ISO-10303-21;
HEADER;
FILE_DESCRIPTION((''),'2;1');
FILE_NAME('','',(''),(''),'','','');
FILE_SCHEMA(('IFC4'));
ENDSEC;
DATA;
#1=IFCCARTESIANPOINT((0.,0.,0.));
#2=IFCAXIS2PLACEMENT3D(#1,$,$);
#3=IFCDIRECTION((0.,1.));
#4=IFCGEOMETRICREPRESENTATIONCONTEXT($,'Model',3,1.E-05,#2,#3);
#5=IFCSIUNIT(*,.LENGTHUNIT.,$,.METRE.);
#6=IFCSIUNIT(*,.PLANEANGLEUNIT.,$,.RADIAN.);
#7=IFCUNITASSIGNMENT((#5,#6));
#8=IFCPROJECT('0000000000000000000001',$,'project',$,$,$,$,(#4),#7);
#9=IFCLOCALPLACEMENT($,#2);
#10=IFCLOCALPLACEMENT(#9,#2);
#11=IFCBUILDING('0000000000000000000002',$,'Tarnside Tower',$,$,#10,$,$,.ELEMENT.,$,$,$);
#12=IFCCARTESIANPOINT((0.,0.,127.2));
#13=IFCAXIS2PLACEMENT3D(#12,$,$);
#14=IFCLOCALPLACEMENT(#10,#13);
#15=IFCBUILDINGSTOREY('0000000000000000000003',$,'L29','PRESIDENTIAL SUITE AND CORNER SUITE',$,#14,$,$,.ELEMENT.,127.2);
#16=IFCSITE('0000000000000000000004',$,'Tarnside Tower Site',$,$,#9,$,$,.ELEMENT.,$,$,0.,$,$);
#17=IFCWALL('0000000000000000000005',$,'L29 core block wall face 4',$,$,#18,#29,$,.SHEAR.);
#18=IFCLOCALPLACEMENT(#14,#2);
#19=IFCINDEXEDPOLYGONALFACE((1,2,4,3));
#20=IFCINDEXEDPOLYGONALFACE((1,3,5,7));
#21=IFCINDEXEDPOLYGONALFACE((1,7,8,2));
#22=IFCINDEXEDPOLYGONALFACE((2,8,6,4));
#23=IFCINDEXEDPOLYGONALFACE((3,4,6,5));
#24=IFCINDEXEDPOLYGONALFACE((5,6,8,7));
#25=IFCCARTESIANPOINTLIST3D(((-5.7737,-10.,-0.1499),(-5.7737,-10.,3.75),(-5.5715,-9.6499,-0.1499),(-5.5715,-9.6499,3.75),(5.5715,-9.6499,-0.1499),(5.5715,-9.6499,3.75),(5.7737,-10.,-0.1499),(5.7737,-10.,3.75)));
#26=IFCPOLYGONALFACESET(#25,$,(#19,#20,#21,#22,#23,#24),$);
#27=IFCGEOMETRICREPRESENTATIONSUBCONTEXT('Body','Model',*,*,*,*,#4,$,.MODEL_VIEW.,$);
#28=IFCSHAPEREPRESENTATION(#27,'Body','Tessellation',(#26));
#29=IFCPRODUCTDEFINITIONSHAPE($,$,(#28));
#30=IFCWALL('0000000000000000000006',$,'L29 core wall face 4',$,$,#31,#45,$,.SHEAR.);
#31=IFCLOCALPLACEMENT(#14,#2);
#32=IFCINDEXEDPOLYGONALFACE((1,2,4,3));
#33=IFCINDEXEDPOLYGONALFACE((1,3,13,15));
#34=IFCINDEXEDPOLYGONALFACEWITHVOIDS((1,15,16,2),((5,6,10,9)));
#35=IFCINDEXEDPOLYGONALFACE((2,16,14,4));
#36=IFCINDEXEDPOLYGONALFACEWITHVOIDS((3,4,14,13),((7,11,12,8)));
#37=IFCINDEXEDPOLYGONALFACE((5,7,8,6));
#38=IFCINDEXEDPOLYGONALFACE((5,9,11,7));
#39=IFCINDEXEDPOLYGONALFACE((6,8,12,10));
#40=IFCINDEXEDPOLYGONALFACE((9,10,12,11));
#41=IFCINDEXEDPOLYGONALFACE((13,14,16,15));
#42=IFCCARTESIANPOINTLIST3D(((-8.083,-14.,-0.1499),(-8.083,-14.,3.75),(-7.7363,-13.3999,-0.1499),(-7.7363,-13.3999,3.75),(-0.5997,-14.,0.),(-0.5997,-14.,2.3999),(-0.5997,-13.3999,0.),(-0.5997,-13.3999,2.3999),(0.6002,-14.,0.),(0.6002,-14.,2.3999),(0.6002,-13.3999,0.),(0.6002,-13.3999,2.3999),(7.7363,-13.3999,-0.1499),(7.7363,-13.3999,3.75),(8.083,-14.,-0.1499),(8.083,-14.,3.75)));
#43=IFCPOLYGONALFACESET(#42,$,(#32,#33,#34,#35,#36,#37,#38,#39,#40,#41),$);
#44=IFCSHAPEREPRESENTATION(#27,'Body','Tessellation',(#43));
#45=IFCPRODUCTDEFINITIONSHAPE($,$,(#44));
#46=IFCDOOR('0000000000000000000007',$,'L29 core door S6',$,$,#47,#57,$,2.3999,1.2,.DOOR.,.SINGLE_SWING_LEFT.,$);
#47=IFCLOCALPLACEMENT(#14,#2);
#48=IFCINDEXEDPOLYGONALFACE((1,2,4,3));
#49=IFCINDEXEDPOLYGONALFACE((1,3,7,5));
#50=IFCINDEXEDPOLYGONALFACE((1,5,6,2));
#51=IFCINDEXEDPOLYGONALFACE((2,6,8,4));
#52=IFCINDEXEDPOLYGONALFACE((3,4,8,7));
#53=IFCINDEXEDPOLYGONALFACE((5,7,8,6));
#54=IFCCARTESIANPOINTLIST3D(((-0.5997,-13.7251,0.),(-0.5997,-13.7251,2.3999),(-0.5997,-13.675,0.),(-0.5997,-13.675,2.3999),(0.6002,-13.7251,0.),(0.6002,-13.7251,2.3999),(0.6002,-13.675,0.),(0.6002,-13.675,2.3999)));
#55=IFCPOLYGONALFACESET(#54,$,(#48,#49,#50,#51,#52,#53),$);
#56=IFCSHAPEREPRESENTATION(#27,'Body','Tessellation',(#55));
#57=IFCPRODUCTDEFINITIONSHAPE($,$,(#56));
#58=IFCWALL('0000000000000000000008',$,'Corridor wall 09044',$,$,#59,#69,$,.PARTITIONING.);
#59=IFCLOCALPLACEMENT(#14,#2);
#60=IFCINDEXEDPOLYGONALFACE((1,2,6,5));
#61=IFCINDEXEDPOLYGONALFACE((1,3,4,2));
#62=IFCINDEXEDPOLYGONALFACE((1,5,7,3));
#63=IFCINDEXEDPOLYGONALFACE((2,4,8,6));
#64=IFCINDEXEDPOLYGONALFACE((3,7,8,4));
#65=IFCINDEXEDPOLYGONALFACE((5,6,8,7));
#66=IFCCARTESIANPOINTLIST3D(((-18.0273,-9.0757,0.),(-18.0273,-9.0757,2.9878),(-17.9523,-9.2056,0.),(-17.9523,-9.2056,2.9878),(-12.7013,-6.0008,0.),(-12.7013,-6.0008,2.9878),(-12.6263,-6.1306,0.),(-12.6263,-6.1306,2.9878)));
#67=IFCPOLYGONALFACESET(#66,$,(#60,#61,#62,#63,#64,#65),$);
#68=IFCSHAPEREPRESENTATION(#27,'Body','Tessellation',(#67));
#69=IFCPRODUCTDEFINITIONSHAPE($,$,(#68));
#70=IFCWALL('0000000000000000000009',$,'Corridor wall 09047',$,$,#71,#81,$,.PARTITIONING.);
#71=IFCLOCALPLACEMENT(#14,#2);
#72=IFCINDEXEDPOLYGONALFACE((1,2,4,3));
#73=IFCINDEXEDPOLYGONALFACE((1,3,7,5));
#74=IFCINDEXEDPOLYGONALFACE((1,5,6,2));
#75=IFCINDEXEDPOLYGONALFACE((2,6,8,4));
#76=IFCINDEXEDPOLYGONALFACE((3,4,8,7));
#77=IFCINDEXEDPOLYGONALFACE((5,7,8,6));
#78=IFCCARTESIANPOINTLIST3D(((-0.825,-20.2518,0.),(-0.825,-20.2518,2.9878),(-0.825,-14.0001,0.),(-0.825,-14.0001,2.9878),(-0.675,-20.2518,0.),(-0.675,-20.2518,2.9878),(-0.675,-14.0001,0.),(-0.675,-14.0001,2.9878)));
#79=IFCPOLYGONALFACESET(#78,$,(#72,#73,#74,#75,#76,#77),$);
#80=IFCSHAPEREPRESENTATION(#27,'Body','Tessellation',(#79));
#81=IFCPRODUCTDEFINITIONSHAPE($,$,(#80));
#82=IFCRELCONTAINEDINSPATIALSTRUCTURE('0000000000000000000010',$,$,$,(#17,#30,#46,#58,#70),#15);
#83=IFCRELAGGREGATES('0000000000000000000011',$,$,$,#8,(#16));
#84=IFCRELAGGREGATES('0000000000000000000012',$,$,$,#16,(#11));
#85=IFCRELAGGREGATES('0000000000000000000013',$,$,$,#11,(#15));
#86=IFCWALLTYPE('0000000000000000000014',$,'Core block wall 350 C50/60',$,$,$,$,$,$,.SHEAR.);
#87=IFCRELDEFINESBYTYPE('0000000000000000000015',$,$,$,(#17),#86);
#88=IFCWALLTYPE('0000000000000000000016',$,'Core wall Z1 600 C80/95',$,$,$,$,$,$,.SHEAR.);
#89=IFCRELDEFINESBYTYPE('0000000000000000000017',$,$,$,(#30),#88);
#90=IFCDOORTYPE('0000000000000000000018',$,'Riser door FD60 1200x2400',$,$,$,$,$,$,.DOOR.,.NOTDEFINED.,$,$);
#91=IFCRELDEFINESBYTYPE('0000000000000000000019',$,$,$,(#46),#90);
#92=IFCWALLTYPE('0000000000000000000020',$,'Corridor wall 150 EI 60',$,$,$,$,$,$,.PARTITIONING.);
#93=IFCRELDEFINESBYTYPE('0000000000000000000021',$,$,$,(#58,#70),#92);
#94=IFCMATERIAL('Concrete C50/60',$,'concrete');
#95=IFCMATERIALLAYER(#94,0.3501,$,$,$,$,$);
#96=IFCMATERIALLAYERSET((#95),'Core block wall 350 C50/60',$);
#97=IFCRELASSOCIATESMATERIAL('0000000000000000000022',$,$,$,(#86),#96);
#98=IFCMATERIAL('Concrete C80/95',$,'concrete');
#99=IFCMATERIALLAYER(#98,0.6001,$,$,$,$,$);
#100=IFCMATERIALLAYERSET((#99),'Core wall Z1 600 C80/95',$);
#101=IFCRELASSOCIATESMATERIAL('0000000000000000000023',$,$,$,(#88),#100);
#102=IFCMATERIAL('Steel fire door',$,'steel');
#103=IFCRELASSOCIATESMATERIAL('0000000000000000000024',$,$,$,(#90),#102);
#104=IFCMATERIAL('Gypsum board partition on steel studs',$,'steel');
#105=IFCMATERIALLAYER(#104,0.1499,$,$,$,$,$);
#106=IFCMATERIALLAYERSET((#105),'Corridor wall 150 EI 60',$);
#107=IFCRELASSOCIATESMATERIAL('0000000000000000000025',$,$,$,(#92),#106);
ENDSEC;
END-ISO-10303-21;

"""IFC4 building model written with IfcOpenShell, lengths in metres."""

from ifc_helpers import new_model, si_unit, direction, frame, frame_2d, origin, place, context, subcontext, project, spatial, polyline, rectangle, outline, extrude, material, layer, layer_set, type_object, element, fill, save


model = new_model("IFC4")

# Units and contexts
model_context = context("Model", 3, precision=1e-05, world=origin(), true_north=direction((0.0, 1.0)))
body_context = subcontext(model_context, "Body", "Model", "MODEL_VIEW")
ifc_project = project(units=[si_unit("LENGTHUNIT", "METRE"), si_unit("PLANEANGLEUNIT", "RADIAN")], contexts=[model_context])

# Site, building, storey
site_placement = place(None, origin())
site = spatial("IfcSite", under=ifc_project, at=site_placement, Name="Tarnside Tower Site", CompositionType="ELEMENT", RefElevation=0.0)
building_placement = place(site_placement, origin())
building = spatial("IfcBuilding", under=site, at=building_placement, Name="Tarnside Tower", CompositionType="ELEMENT")
storey_placement = place(building_placement, frame((0.0, 0.0, 127.2)))
storey = spatial("IfcBuildingStorey", under=building, at=storey_placement, Name="L29", Description="PRESIDENTIAL SUITE AND CORNER SUITE", CompositionType="ELEMENT", Elevation=127.2)

# Wall
ifc_material_1 = material(Name="Concrete C50/60", Category="concrete")
ifc_layer_1 = layer(ifc_material_1, 0.3501)
ifc_layer_set_1 = layer_set([ifc_layer_1], Name="Core block wall 350 C50/60")
wall_type_1 = type_object("IfcWallType", Name="Core block wall 350 C50/60", PredefinedType="SHEAR", material=ifc_layer_set_1)
wall_1_placement = place(storey_placement, frame((-5.6726, -9.825, -0.1499), z_axis=(0.0, 0.0, 1.0), x_axis=(1.0, 0.0, 0.0)))
element("IfcWall", 1, at=wall_1_placement, inside=storey, type_object=wall_type_1, Name="L29 core block wall face 4", PredefinedType="SHEAR", context=body_context, shape_type="SweptSolid", body=[
    extrude(outline(polyline([(-0.1011, -0.175), (11.4463, -0.175), (11.2441, 0.175), (0.1011, 0.175), (-0.1011, -0.175)])), origin(), (0.0, 0.0, 1.0), 3.8999),
])

# Wall, opening, door
ifc_material_2 = material(Name="Concrete C80/95", Category="concrete")
ifc_layer_2 = layer(ifc_material_2, 0.6001)
ifc_layer_set_2 = layer_set([ifc_layer_2], Name="Core wall Z1 600 C80/95")
wall_type_2 = type_object("IfcWallType", Name="Core wall Z1 600 C80/95", PredefinedType="SHEAR", material=ifc_layer_set_2)
wall_2_placement = place(storey_placement, frame((-7.9097, -13.7, -0.1499), z_axis=(0.0, 0.0, 1.0), x_axis=(1.0, 0.0, 0.0)))
wall_2 = element("IfcWall", 2, at=wall_2_placement, inside=storey, type_object=wall_type_2, Name="L29 core wall face 4", PredefinedType="SHEAR", context=body_context, shape_type="SweptSolid", body=[
    extrude(outline(polyline([(-0.1733, -0.3), (15.9927, -0.3), (15.646, 0.3), (0.1733, 0.3), (-0.1733, -0.3)])), origin(), (0.0, 0.0, 1.0), 3.8999),
])
opening_1_placement = place(wall_2_placement, frame((7.3098, 0.0, 0.1499)))
opening_1 = element("IfcOpeningElement", 3, at=opening_1_placement, cuts=wall_2, PredefinedType="OPENING", context=body_context, shape_type="SweptSolid", body=[
    extrude(rectangle(XDim=1.2, YDim=2.3999, at=frame_2d((0.6001, 1.2))), frame((0.0, 0.3101, 0.0), z_axis=(0.0, -1.0, 0.0), x_axis=(1.0, 0.0, 0.0)), (0.0, 0.0, 1.0), 0.6201),
])
ifc_material_3 = material(Name="Steel fire door", Category="steel")
door_type_1 = type_object("IfcDoorType", Name="Riser door FD60 1200x2400", OperationType="NOTDEFINED", PredefinedType="DOOR", material=ifc_material_3)
door_1_placement = place(opening_1_placement, origin())
door_1 = element("IfcDoor", 4, at=door_1_placement, inside=storey, type_object=door_type_1, Name="L29 core door S6", OperationType="SINGLE_SWING_LEFT", OverallHeight=2.3999, OverallWidth=1.2, PredefinedType="DOOR", context=body_context, shape_type="SweptSolid", body=[
    extrude(rectangle(XDim=1.2, YDim=2.3999, at=frame_2d((0.6001, 1.2))), frame((0.0, 0.0249, 0.0), z_axis=(0.0, -1.0, 0.0), x_axis=(1.0, 0.0, 0.0)), (0.0, 0.0, 1.0), 0.05),
])
fill(opening_1, door_1)

# Walls
ifc_material_4 = material(Name="Gypsum board partition on steel studs", Category="steel")
ifc_layer_3 = layer(ifc_material_4, 0.1499)
ifc_layer_set_3 = layer_set([ifc_layer_3], Name="Corridor wall 150 EI 60")
wall_type_3 = type_object("IfcWallType", Name="Corridor wall 150 EI 60", PredefinedType="PARTITIONING", material=ifc_layer_set_3)
wall_3_placement = place(storey_placement, frame((-12.6638, -6.0657, 0.0), z_axis=(0.0, 0.0, 1.0), x_axis=(-0.866024, -0.500003, 0.0)))
element("IfcWall", 5, at=wall_3_placement, inside=storey, type_object=wall_type_3, Name="Corridor wall 09044", PredefinedType="PARTITIONING", context=body_context, shape_type="SweptSolid", body=[
    extrude(rectangle(XDim=6.1499, YDim=0.1499, at=frame_2d((3.075, 0.0))), origin(), (0.0, 0.0, 1.0), 2.9878),
])
wall_4_placement = place(storey_placement, frame((-0.75, -14.0, 0.0), z_axis=(0.0, 0.0, 1.0), x_axis=(0.0, -1.0, 0.0)))
element("IfcWall", 6, at=wall_4_placement, inside=storey, type_object=wall_type_3, Name="Corridor wall 09047", PredefinedType="PARTITIONING", context=body_context, shape_type="SweptSolid", body=[
    extrude(rectangle(XDim=6.2517, YDim=0.1499, at=frame_2d((3.126, 0.0))), origin(), (0.0, 0.0, 1.0), 2.9878),
])

save(model, "model.ifc")
